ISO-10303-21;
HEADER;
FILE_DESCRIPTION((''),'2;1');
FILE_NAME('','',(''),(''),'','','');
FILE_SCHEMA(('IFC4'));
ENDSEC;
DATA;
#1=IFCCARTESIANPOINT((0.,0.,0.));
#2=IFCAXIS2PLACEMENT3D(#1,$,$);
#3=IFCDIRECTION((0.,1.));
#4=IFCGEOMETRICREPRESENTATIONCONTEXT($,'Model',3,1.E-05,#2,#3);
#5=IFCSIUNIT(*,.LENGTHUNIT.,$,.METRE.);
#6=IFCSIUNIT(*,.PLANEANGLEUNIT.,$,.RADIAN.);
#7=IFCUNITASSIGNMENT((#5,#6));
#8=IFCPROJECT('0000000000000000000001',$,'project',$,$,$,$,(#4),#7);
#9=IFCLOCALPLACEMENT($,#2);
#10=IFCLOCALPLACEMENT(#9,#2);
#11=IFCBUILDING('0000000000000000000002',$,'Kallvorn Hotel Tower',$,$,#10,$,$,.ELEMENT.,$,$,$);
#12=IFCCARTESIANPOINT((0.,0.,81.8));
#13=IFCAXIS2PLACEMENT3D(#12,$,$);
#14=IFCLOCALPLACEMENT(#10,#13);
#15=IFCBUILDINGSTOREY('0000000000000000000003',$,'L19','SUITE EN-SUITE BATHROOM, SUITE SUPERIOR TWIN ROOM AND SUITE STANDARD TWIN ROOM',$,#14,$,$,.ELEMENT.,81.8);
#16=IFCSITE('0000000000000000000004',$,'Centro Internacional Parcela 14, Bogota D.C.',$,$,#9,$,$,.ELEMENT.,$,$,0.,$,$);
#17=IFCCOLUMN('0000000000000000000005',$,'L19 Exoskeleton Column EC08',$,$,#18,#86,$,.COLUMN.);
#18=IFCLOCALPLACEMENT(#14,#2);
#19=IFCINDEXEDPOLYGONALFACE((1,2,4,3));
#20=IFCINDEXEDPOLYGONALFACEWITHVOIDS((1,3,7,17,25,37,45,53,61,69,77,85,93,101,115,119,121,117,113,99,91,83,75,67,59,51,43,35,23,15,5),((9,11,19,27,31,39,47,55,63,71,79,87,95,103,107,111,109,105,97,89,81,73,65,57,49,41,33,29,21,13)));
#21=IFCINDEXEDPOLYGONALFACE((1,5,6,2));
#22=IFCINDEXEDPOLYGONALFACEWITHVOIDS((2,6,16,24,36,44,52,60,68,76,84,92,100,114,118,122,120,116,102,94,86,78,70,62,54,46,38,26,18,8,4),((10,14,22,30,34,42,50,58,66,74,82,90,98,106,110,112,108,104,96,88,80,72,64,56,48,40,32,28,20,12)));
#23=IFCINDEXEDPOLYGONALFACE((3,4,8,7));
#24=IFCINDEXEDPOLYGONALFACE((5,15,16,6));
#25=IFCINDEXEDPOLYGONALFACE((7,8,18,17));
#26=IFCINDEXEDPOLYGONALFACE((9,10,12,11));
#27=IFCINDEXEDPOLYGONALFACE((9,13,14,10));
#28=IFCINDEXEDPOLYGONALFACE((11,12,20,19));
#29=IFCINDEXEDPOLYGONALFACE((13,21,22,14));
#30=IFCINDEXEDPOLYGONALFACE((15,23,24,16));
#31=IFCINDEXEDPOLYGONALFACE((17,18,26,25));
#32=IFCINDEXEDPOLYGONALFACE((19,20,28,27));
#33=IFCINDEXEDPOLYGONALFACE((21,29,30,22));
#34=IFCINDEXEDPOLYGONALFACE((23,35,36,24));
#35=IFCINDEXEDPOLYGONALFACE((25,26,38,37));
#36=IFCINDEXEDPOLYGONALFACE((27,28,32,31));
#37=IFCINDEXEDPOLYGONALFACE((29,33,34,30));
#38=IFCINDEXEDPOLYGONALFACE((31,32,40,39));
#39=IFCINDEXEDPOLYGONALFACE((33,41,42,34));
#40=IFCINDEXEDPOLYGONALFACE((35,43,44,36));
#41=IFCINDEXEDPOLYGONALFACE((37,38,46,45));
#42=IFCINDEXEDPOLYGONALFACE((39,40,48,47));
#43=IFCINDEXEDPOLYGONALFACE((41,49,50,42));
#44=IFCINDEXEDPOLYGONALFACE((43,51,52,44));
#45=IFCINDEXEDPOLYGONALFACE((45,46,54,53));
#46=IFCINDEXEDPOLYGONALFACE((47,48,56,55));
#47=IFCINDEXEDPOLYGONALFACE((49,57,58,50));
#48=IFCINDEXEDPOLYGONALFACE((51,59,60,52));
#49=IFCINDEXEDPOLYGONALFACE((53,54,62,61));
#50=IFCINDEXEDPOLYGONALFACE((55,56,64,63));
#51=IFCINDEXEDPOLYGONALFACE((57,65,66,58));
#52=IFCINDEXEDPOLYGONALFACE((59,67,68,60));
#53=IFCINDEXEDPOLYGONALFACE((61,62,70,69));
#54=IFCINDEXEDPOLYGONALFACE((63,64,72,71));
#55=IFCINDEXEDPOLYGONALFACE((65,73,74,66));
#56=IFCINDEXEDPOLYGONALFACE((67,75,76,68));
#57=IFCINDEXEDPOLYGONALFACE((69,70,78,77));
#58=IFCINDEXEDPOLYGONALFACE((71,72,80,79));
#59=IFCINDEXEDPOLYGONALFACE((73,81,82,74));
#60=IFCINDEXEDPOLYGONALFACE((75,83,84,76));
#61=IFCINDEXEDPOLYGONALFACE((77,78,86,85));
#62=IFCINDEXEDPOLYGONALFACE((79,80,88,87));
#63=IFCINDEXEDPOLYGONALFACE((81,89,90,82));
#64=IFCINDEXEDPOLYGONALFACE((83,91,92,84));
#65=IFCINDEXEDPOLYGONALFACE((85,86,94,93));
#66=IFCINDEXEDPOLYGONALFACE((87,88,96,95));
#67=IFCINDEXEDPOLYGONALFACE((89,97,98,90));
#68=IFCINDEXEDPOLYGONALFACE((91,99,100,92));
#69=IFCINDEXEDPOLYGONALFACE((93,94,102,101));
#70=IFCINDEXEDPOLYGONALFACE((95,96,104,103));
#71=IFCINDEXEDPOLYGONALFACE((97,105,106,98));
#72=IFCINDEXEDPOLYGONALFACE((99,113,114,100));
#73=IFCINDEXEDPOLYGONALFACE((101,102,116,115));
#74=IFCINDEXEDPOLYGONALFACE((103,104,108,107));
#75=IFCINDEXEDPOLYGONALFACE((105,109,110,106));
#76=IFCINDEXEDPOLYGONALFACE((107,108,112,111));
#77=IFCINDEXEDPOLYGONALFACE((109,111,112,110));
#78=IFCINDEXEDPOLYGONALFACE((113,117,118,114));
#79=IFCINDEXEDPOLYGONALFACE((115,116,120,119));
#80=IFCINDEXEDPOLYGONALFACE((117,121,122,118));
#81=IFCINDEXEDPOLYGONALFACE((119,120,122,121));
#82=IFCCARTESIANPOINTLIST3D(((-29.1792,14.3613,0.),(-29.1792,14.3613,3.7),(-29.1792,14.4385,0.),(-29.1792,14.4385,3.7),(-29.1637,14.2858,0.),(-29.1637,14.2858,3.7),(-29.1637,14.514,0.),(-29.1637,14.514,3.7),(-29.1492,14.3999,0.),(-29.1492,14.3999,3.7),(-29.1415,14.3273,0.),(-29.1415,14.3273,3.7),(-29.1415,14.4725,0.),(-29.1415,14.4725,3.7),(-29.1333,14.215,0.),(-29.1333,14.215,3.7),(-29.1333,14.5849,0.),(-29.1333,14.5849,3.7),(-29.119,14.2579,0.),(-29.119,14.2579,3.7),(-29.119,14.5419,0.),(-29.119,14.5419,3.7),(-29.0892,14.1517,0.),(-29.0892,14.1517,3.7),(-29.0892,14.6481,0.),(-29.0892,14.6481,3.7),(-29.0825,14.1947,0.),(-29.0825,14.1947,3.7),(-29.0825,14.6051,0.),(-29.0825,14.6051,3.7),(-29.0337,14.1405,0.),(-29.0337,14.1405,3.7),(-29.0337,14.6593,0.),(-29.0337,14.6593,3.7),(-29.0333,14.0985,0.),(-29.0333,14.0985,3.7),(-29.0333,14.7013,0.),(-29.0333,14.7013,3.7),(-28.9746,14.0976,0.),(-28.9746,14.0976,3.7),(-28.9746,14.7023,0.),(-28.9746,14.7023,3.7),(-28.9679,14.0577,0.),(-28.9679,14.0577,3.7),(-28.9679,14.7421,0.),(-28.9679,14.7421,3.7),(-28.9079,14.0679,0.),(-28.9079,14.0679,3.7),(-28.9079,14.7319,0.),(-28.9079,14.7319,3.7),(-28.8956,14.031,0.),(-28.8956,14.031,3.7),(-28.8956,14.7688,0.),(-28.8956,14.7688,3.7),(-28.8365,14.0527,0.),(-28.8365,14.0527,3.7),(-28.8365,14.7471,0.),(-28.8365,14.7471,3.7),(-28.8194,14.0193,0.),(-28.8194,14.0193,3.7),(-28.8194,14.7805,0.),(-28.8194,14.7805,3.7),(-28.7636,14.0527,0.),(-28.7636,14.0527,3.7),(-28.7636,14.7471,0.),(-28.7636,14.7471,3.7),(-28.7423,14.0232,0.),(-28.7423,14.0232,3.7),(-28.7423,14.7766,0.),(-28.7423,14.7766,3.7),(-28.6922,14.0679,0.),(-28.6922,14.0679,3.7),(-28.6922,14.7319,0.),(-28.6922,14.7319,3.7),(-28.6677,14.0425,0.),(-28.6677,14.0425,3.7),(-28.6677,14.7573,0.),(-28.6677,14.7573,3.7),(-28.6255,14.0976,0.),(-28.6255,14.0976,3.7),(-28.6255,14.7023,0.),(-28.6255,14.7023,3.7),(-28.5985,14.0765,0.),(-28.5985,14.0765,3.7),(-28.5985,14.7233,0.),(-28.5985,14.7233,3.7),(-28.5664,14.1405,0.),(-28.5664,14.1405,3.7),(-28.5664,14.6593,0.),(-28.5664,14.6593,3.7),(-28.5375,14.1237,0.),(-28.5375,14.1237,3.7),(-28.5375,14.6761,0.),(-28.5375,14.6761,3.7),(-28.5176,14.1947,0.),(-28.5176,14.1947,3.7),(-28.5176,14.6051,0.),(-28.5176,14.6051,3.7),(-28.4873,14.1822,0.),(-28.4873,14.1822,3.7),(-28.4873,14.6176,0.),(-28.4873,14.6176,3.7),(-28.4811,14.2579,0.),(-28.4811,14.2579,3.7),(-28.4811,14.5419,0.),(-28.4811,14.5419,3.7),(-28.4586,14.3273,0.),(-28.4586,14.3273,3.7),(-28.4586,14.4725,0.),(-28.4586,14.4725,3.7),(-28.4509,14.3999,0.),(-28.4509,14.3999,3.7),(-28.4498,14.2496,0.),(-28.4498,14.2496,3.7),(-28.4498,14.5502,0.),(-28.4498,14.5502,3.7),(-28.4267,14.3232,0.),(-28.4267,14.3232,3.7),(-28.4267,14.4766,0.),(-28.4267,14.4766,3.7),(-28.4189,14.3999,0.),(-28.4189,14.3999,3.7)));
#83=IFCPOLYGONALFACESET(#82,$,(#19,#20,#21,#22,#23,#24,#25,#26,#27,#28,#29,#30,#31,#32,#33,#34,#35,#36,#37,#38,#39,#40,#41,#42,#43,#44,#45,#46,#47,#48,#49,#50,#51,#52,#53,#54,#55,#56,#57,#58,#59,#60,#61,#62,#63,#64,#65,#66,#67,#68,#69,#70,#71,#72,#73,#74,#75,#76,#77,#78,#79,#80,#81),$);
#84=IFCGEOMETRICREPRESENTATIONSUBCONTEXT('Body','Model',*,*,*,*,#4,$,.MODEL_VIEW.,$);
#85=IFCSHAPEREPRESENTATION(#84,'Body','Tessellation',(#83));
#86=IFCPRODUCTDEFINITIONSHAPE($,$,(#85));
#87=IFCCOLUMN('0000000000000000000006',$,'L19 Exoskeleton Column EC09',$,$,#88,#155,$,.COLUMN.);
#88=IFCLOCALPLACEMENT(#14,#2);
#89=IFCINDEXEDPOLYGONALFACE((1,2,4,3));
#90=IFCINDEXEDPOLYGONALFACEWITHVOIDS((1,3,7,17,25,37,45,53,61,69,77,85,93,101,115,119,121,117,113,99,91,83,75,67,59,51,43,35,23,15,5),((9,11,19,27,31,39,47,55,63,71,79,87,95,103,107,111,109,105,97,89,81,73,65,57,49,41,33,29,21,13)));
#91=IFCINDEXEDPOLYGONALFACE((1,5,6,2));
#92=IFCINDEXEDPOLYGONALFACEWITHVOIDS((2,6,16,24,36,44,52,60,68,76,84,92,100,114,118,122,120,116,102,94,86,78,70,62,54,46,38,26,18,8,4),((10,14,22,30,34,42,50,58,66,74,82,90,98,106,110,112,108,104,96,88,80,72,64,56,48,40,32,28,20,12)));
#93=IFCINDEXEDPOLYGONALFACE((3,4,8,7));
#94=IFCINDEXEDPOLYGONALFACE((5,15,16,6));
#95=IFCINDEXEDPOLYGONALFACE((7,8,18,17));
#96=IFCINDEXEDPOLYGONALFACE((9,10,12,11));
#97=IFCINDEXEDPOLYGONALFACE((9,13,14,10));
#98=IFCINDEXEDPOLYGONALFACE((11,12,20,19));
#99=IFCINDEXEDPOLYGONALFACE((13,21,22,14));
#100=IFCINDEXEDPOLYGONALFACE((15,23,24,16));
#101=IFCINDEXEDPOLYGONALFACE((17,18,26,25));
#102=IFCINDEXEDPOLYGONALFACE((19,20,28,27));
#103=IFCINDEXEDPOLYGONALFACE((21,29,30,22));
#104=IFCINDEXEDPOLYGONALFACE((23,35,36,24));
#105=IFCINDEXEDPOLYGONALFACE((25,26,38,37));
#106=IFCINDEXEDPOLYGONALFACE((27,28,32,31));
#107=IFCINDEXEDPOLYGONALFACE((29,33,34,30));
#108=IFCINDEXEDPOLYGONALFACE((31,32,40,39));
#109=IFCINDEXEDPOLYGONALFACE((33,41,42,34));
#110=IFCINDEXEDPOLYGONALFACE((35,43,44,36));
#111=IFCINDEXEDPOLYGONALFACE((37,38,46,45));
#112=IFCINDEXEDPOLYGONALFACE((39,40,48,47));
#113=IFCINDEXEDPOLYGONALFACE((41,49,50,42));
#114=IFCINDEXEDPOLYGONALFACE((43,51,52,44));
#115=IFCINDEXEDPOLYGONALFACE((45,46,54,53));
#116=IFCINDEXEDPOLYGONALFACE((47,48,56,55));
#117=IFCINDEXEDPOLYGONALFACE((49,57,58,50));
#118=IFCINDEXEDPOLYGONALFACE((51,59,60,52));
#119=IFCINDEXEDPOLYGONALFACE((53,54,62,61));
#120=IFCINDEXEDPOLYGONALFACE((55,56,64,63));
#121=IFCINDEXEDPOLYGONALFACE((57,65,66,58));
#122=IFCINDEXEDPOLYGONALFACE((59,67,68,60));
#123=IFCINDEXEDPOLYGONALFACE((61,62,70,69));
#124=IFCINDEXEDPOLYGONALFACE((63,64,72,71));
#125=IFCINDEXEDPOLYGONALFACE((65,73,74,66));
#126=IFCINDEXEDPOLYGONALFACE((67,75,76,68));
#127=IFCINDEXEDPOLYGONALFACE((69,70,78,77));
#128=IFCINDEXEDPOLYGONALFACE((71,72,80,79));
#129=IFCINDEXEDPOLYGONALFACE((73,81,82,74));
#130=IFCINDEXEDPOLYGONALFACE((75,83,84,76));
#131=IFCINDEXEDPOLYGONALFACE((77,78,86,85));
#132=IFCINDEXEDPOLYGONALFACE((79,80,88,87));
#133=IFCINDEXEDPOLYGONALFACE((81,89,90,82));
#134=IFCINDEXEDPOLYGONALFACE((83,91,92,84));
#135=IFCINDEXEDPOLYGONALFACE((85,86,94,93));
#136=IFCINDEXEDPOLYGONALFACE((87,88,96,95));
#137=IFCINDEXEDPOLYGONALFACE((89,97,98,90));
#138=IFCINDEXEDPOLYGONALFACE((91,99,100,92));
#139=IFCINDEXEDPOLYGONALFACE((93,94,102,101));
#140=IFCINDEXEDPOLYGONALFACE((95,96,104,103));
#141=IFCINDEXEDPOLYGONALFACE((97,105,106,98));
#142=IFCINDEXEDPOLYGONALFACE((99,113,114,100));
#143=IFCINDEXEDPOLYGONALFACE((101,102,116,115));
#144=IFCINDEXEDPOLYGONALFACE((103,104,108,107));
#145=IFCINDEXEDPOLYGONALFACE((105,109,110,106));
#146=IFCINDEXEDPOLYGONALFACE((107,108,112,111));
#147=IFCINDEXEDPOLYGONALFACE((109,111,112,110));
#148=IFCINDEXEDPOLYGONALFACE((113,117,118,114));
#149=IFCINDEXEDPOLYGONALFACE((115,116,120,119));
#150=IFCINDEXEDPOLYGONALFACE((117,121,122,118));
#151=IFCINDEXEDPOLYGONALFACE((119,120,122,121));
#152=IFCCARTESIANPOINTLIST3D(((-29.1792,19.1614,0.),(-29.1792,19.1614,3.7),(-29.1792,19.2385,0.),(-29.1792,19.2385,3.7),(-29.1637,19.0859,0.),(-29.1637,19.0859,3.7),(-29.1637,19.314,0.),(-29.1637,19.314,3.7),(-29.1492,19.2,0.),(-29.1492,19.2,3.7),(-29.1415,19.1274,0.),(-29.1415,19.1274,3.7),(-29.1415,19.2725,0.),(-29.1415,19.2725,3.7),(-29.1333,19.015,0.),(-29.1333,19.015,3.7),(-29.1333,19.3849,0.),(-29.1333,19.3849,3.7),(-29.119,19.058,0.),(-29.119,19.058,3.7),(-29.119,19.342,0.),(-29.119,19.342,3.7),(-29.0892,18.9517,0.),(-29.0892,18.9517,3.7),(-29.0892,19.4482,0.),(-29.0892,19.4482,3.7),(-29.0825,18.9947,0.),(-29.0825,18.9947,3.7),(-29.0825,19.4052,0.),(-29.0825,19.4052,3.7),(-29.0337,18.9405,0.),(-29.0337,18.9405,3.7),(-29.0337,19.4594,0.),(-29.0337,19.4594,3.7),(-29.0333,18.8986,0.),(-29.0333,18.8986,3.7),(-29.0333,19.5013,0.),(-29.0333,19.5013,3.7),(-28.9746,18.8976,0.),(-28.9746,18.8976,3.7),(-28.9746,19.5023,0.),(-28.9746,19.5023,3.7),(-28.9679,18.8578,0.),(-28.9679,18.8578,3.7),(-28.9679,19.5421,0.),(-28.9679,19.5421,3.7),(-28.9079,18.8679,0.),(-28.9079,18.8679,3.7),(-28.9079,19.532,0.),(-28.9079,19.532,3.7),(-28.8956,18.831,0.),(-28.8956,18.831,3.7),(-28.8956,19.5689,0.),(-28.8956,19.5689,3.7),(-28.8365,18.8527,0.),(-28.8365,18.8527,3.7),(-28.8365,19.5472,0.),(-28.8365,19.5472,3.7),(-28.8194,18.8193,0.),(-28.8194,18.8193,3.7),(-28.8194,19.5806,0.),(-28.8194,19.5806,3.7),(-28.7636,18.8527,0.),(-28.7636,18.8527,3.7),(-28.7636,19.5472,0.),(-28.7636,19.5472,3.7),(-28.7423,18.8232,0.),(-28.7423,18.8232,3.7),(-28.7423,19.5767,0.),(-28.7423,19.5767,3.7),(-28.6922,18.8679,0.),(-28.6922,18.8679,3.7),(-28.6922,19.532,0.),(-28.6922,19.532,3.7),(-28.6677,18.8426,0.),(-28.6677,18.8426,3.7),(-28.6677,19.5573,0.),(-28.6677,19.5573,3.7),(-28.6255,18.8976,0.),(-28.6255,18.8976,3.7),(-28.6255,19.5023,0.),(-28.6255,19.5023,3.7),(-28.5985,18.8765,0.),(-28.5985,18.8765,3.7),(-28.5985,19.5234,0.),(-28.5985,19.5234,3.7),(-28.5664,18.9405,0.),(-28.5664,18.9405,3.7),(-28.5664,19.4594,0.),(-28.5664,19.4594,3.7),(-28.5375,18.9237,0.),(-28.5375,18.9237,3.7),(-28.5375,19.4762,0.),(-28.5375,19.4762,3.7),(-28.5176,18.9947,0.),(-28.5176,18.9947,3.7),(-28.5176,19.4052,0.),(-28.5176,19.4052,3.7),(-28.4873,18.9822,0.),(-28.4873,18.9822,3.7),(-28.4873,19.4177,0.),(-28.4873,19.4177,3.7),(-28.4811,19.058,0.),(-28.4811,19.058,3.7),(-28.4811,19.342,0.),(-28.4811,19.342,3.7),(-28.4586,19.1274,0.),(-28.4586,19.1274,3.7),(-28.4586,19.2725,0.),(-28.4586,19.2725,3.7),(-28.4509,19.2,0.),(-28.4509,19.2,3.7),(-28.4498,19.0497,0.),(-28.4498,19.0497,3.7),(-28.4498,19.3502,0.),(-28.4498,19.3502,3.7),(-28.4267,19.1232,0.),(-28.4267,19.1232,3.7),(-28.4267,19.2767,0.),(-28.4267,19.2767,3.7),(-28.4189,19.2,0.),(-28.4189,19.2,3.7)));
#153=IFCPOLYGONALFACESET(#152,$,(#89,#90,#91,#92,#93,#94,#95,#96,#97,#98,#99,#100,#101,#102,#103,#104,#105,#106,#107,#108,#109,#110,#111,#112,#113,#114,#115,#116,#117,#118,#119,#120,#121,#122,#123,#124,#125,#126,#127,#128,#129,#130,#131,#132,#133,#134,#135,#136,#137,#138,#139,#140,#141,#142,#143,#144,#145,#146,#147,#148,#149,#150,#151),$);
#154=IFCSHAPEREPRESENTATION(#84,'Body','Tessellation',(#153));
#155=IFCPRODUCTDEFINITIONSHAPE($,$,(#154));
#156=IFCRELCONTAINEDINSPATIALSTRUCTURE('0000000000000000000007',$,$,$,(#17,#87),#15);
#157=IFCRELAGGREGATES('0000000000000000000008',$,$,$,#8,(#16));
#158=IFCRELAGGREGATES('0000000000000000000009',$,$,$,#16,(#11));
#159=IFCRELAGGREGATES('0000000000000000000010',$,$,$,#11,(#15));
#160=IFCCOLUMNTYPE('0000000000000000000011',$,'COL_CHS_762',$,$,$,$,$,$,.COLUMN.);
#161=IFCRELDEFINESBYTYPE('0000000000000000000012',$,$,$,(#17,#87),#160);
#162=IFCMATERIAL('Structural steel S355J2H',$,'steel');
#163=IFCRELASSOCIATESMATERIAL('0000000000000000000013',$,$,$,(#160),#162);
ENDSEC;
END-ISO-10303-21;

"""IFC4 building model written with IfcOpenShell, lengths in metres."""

from ifc_helpers import new_model, si_unit, direction, frame, origin, origin_2d, place, context, subcontext, project, spatial, hollow_circle, extrude, material, material_profile, profile_set, type_object, element, save


model = new_model("IFC4")

# Units and contexts
model_context = context("Model", 3, precision=1e-05, world=origin(), true_north=direction((0.0, 1.0)))
body_context = subcontext(model_context, "Body", "Model", "MODEL_VIEW")
ifc_project = project(units=[si_unit("LENGTHUNIT", "METRE"), si_unit("PLANEANGLEUNIT", "RADIAN")], contexts=[model_context])

# Site, building, storey
site_placement = place(None, origin())
site = spatial("IfcSite", under=ifc_project, at=site_placement, Name="Centro Internacional Parcela 14, Bogota D.C.", CompositionType="ELEMENT", RefElevation=0.0)
building_placement = place(site_placement, origin())
building = spatial("IfcBuilding", under=site, at=building_placement, Name="Kallvorn Hotel Tower", CompositionType="ELEMENT")
storey_placement = place(building_placement, frame((0.0, 0.0, 81.8)))
storey = spatial("IfcBuildingStorey", under=building, at=storey_placement, Name="L19", Description="SUITE EN-SUITE BATHROOM, SUITE SUPERIOR TWIN ROOM AND SUITE STANDARD TWIN ROOM", CompositionType="ELEMENT", Elevation=81.8)

# Columns
ifc_material_1 = material(Name="Structural steel S355J2H", Category="steel")
ifc_material_profile_1 = material_profile(ifc_material_1, hollow_circle(Radius=0.3811, WallThickness=0.032, at=origin_2d()), Name="CHS 762x32")
ifc_profile_set_1 = profile_set([ifc_material_profile_1], Name="Structural steel S355J2H")
column_type_1 = type_object("IfcColumnType", Name="COL_CHS_762", PredefinedType="COLUMN", material=ifc_profile_set_1)
for number, where, z_axis, x_axis, name in (
    (1, (-28.8, 14.3999, 0.0), (0.0, 0.0, 1.0), (1.0, 0.0, 0.0), "L19 Exoskeleton Column EC08"),
    (2, (-28.8, 19.2, 0.0), (0.0, 0.0, 1.0), (1.0, 0.0, 0.0), "L19 Exoskeleton Column EC09"),
):
    element("IfcColumn", number, at=place(storey_placement, frame(where, z_axis=z_axis, x_axis=x_axis)), inside=storey, type_object=column_type_1, Name=name, PredefinedType="COLUMN", context=body_context, shape_type="SweptSolid", body=[
        extrude(hollow_circle(Radius=0.3811, WallThickness=0.032, at=origin_2d()), origin(), (0.0, 0.0, 1.0), 3.7),
    ])

save(model, "model.ifc")
